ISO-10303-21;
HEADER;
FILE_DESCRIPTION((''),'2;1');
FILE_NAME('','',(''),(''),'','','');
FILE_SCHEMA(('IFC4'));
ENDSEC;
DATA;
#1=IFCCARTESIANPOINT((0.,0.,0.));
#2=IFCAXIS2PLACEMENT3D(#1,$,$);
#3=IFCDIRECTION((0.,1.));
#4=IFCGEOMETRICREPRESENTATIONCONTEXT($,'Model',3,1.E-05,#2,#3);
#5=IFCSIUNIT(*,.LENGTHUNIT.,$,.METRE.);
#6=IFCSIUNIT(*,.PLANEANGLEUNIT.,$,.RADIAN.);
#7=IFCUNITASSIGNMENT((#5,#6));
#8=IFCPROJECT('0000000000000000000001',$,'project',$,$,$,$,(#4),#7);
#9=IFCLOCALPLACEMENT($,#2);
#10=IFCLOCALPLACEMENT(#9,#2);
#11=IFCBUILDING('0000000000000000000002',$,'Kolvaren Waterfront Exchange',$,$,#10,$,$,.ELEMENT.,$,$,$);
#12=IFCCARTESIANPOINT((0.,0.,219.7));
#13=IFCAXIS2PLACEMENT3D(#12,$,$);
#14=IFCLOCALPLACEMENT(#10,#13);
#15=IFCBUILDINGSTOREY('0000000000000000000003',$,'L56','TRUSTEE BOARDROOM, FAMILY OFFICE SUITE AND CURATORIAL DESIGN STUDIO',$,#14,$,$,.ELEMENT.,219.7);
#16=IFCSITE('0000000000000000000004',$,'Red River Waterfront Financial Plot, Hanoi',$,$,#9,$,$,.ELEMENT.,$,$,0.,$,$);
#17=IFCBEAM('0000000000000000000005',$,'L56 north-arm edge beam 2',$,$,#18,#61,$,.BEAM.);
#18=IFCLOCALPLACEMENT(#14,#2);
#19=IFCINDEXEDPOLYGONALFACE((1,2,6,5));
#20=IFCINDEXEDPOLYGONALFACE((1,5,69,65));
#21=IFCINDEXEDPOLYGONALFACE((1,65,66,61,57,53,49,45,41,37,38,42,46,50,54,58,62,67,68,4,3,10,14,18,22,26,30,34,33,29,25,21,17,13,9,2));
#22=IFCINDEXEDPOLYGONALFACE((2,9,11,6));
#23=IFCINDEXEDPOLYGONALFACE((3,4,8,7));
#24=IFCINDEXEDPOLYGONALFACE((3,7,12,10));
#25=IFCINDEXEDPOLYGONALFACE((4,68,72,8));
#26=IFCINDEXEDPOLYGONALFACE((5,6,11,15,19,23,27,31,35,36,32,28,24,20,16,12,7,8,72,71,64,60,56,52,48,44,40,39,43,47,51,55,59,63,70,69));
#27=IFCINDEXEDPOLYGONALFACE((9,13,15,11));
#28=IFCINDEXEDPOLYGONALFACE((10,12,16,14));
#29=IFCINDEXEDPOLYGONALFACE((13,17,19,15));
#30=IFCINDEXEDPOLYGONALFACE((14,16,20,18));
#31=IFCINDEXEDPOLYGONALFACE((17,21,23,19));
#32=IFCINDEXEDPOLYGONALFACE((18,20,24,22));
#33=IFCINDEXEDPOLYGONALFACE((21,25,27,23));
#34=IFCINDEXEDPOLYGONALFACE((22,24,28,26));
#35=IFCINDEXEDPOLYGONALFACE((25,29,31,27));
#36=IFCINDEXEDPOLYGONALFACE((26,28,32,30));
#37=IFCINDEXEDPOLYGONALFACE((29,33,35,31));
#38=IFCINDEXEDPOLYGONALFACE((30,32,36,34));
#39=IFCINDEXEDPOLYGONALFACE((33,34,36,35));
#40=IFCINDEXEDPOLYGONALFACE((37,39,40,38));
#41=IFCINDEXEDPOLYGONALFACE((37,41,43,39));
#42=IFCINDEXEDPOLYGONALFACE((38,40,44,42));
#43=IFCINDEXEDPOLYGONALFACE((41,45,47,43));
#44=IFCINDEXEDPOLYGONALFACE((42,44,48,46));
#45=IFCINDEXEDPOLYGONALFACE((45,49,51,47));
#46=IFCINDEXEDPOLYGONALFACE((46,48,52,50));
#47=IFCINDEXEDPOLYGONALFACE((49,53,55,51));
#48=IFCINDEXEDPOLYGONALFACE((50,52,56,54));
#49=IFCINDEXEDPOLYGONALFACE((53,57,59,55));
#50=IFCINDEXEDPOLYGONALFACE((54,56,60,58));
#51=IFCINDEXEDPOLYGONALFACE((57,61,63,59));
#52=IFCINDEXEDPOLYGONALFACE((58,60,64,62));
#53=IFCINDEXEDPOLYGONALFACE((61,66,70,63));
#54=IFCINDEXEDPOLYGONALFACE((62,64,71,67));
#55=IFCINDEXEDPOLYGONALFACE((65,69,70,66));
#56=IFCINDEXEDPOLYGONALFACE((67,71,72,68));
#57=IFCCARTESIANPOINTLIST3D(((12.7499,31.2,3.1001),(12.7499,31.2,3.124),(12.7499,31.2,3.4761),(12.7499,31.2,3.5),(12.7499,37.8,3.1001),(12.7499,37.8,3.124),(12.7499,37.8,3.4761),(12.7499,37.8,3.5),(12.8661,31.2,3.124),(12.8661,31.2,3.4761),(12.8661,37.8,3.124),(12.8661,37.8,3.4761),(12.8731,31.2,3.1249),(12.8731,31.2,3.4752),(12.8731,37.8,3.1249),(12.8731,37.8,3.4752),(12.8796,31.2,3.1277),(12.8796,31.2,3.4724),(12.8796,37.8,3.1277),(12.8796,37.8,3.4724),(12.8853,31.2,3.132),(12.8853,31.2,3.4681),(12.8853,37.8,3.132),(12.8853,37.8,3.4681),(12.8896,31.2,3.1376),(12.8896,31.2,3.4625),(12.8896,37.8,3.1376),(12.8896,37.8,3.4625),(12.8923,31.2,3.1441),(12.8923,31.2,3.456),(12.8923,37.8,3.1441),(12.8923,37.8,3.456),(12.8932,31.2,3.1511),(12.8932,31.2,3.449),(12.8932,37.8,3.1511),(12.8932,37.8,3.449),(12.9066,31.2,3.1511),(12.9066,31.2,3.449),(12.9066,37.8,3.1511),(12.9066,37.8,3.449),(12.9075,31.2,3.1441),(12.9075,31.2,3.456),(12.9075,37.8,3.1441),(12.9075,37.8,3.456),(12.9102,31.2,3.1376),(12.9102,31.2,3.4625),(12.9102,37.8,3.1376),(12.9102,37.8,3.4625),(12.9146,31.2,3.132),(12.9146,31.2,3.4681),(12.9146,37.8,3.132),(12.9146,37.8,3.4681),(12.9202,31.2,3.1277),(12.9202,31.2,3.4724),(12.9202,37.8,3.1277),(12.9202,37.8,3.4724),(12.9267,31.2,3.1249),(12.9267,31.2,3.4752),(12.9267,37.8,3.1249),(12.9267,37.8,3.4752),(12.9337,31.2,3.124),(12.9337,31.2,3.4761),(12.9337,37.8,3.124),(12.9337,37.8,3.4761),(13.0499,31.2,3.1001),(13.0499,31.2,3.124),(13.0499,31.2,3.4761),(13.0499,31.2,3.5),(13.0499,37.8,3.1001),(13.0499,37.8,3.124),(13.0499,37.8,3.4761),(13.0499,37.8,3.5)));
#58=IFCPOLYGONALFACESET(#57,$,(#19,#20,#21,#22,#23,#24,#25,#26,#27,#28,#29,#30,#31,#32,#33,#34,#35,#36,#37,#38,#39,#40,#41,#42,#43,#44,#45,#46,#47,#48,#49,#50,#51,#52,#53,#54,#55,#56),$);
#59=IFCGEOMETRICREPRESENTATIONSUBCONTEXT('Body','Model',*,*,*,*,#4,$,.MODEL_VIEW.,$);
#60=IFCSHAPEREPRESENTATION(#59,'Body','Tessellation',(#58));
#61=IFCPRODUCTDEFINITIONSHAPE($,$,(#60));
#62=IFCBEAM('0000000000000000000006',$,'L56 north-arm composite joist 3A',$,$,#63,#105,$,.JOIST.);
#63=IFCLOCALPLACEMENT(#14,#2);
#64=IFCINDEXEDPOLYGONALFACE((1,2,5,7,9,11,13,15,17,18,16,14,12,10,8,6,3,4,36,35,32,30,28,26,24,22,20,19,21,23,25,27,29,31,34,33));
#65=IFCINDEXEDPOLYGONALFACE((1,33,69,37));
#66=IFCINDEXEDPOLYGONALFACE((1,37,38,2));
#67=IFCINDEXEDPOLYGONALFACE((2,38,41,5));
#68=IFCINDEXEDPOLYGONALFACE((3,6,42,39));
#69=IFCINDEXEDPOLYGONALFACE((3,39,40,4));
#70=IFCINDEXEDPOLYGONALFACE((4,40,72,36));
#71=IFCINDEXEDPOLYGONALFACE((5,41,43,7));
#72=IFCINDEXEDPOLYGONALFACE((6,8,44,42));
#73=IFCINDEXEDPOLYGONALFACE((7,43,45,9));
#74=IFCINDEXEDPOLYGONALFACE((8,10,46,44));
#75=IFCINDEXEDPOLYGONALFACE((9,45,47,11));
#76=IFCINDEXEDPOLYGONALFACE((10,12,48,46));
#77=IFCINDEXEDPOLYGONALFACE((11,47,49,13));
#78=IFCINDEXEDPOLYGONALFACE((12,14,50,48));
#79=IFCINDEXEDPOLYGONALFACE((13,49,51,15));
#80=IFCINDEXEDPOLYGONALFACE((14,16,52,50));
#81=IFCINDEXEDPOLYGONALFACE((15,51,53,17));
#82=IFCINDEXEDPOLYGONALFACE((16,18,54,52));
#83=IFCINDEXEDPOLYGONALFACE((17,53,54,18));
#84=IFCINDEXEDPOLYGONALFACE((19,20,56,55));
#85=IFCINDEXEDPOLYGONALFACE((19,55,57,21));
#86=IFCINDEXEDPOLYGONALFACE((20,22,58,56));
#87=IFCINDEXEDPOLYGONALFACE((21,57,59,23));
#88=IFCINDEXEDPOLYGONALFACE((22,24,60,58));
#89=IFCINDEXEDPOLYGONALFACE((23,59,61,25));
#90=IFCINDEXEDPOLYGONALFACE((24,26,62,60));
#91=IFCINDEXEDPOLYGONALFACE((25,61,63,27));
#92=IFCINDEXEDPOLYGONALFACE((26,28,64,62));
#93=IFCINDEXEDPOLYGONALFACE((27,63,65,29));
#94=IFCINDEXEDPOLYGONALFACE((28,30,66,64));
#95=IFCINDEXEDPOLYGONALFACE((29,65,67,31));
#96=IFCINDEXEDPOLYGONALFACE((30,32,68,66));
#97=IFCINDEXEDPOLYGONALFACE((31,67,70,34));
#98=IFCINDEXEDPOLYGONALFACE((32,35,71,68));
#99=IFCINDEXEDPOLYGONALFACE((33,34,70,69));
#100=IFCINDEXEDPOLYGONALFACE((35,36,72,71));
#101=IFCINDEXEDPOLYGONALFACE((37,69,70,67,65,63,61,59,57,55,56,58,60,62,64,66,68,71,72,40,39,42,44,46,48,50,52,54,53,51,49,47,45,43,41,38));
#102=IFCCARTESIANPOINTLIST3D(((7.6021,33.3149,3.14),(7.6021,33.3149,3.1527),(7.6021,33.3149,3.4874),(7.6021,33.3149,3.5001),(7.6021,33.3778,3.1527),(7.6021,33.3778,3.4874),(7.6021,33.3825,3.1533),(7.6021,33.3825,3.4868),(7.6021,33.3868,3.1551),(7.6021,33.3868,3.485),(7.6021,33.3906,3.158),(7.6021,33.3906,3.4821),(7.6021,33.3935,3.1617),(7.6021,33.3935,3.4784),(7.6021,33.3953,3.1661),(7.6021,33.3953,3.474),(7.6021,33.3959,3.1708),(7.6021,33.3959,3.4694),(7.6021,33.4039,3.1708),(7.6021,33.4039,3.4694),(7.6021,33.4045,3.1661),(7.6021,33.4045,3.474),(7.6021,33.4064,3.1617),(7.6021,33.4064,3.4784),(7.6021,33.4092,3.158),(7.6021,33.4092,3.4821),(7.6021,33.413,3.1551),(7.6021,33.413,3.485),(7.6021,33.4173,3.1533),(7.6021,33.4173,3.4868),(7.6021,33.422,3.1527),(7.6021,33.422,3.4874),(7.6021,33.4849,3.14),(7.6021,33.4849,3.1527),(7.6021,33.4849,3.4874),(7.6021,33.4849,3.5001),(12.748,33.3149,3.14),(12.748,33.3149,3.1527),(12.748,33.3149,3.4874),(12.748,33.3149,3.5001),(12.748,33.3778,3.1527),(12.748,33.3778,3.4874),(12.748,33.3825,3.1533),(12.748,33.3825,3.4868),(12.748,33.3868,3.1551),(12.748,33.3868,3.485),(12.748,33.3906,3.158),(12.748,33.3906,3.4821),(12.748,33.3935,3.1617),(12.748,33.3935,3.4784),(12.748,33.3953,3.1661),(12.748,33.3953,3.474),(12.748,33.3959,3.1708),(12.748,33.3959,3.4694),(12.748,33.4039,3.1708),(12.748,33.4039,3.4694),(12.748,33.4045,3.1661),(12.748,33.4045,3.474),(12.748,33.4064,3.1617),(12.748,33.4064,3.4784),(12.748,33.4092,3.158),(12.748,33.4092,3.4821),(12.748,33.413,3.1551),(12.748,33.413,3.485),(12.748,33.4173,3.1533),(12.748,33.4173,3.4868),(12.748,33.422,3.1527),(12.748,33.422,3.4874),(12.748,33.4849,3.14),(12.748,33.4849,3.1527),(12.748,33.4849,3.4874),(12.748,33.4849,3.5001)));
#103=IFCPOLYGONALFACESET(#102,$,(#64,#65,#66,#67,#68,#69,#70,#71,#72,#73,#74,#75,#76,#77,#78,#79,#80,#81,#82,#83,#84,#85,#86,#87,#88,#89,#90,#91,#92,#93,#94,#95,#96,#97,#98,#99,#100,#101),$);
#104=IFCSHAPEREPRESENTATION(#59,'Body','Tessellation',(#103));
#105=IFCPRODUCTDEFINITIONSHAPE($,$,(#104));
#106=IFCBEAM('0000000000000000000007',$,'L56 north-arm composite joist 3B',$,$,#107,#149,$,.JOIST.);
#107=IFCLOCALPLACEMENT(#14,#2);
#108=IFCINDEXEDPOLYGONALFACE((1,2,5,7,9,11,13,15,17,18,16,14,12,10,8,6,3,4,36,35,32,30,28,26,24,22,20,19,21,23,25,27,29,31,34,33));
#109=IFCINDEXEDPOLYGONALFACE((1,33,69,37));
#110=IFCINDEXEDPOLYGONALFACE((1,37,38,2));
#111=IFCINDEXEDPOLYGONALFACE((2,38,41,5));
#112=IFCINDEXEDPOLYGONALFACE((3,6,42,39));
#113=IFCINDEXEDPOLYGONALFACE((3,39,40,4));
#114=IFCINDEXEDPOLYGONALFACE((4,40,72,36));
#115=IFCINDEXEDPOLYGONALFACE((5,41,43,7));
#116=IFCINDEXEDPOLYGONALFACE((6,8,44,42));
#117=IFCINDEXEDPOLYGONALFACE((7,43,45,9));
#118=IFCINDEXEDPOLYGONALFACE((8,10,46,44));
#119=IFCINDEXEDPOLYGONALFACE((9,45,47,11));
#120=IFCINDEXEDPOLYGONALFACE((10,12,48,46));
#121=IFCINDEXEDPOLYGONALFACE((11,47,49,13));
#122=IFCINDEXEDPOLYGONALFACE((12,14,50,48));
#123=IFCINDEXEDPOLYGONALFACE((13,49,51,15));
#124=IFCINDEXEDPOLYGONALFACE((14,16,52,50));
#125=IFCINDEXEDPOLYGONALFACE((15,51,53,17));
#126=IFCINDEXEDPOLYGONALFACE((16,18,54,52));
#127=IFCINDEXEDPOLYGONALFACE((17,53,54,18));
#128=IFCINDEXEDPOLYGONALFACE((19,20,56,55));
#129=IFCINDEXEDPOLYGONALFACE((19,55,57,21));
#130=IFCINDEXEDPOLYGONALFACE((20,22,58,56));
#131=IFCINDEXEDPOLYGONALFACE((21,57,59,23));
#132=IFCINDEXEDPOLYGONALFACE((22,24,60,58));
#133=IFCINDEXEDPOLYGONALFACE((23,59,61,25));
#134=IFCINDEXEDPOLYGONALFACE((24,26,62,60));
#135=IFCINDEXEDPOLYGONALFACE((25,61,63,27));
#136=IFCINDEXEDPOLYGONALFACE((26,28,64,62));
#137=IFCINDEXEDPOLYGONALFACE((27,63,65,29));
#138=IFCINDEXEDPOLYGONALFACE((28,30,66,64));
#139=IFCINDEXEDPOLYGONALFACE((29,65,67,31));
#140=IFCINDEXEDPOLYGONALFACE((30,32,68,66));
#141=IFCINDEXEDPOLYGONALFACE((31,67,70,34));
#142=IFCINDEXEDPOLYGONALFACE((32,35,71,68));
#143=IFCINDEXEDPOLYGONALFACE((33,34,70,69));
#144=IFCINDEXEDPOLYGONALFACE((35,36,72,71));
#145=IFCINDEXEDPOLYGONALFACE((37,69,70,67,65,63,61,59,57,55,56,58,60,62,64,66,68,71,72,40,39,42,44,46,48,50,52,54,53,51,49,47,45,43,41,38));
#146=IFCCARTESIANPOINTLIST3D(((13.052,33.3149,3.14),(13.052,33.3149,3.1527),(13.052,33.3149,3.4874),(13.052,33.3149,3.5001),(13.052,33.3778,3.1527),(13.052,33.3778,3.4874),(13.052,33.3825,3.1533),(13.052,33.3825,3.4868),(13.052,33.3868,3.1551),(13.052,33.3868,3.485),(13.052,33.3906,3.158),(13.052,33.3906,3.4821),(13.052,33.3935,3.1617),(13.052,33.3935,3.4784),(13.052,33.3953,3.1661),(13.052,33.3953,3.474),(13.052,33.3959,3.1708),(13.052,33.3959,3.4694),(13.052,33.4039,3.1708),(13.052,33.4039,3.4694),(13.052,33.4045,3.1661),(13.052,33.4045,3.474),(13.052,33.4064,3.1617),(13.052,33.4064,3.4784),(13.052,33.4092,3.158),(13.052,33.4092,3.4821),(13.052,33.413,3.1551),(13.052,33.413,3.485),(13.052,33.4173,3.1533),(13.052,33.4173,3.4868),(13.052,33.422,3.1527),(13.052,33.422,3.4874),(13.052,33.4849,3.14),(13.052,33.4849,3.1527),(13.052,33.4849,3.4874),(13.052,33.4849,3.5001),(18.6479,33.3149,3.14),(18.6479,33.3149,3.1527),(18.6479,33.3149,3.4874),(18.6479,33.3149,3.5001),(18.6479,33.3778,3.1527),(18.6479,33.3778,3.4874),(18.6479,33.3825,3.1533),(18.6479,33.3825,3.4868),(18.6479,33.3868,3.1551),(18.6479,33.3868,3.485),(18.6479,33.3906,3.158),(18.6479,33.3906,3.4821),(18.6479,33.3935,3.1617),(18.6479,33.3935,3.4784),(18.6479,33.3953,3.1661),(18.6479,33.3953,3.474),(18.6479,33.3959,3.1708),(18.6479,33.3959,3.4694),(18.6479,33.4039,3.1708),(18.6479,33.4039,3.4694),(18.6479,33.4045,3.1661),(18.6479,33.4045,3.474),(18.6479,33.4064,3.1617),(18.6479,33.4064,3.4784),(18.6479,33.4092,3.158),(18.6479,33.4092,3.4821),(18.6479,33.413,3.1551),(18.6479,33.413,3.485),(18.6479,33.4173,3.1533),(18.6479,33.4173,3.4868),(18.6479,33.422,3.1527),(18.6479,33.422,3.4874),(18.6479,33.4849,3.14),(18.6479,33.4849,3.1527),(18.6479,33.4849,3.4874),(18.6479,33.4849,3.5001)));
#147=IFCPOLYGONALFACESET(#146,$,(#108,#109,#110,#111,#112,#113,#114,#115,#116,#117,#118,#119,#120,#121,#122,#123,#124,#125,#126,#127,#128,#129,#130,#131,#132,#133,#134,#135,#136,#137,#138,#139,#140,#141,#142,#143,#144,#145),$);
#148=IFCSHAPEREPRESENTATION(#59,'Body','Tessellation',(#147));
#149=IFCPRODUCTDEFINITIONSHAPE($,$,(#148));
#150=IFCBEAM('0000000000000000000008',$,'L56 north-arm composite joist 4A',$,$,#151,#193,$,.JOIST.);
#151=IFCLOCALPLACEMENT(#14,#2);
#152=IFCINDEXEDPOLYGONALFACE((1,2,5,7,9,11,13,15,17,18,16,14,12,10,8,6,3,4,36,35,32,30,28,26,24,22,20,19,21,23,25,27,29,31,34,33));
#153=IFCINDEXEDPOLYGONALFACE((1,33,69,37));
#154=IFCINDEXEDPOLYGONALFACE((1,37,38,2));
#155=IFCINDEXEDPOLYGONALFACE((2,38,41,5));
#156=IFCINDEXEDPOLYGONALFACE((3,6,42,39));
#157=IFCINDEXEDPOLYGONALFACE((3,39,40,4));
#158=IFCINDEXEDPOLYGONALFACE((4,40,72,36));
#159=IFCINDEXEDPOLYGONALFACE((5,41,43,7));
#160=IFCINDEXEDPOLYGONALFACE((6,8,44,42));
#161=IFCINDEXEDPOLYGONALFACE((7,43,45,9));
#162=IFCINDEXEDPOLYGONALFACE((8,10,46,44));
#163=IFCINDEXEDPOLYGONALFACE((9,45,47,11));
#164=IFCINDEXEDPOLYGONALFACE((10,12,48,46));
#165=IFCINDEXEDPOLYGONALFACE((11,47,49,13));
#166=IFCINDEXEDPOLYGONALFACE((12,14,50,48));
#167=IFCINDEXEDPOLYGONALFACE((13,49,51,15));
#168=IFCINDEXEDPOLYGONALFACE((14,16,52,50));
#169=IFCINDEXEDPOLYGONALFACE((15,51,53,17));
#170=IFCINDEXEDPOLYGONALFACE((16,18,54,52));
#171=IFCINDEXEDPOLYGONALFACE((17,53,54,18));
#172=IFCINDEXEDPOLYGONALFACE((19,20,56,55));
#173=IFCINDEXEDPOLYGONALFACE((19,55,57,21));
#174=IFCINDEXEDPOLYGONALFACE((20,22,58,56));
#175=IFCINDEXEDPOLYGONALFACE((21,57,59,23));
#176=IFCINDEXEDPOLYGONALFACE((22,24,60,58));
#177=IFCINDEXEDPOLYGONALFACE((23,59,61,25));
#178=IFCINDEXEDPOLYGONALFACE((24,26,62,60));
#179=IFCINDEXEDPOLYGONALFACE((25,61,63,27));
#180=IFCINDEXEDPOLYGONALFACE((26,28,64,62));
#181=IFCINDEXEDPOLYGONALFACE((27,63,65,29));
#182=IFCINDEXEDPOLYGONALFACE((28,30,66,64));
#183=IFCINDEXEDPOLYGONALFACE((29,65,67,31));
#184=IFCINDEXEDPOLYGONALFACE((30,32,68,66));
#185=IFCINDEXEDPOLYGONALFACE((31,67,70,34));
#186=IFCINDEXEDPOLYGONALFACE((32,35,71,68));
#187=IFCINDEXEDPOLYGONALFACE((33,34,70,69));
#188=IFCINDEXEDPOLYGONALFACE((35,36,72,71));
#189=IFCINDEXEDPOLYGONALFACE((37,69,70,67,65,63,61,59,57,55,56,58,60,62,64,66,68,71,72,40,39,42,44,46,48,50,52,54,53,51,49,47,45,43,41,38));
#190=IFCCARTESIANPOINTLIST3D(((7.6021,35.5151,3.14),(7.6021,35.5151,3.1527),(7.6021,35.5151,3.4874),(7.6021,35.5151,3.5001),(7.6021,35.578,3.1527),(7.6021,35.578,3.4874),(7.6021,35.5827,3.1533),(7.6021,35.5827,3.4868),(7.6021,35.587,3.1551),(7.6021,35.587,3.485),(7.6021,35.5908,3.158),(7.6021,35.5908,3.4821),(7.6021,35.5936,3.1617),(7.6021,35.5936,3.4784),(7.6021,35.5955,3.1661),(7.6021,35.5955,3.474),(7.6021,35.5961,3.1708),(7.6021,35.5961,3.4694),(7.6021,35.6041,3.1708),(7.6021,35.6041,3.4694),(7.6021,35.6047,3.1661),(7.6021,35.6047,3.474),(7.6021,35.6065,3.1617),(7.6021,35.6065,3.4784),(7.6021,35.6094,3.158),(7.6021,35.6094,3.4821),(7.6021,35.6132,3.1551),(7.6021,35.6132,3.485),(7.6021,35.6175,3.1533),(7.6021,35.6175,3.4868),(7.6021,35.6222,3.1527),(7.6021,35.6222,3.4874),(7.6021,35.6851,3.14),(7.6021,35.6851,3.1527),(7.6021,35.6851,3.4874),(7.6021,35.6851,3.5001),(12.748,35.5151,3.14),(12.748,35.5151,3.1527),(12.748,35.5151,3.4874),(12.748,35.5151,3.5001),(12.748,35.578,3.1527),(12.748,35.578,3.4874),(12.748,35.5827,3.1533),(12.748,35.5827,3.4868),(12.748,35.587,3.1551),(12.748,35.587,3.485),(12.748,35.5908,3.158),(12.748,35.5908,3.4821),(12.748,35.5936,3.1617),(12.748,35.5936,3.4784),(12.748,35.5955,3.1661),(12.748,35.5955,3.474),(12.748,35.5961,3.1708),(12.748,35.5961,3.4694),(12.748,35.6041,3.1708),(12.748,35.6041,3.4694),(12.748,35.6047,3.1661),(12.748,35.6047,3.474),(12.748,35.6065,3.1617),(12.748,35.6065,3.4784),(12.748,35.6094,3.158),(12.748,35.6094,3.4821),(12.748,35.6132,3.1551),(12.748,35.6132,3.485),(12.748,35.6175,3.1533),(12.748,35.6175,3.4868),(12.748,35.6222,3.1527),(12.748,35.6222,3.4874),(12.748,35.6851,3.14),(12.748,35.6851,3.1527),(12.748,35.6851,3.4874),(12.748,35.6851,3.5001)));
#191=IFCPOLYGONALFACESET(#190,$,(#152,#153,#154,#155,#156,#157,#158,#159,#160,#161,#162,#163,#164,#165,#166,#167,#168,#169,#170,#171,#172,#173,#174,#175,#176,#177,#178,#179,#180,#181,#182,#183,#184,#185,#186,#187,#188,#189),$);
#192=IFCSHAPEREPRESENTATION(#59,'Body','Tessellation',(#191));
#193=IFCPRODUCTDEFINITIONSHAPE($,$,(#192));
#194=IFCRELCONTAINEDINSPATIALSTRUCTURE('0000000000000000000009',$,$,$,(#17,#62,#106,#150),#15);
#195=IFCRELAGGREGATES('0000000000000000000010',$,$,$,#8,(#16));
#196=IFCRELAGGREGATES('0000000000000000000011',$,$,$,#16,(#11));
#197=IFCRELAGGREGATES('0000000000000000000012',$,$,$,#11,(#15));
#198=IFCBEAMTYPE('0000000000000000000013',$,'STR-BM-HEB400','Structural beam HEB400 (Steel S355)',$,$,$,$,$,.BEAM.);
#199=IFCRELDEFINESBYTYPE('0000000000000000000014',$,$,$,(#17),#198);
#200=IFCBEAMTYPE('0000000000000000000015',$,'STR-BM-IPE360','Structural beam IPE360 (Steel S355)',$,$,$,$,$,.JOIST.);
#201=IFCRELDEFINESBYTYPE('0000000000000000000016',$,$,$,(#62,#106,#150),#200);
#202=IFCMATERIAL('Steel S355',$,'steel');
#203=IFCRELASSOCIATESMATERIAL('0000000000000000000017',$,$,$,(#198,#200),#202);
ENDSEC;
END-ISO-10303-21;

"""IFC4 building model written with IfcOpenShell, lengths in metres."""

from ifc_helpers import new_model, si_unit, direction, frame, origin, origin_2d, place, context, subcontext, project, spatial, i_section, extrude, material, material_profile, profile_set, type_object, element, save


model = new_model("IFC4")

# Units and contexts
model_context = context("Model", 3, precision=1e-05, world=origin(), true_north=direction((0.0, 1.0)))
body_context = subcontext(model_context, "Body", "Model", "MODEL_VIEW")
ifc_project = project(units=[si_unit("LENGTHUNIT", "METRE"), si_unit("PLANEANGLEUNIT", "RADIAN")], contexts=[model_context])

# Site, building, storey
site_placement = place(None, origin())
site = spatial("IfcSite", under=ifc_project, at=site_placement, Name="Red River Waterfront Financial Plot, Hanoi", CompositionType="ELEMENT", RefElevation=0.0)
building_placement = place(site_placement, origin())
building = spatial("IfcBuilding", under=site, at=building_placement, Name="Kolvaren Waterfront Exchange", CompositionType="ELEMENT")
storey_placement = place(building_placement, frame((0.0, 0.0, 219.7)))
storey = spatial("IfcBuildingStorey", under=building, at=storey_placement, Name="L56", Description="TRUSTEE BOARDROOM, FAMILY OFFICE SUITE AND CURATORIAL DESIGN STUDIO", CompositionType="ELEMENT", Elevation=219.7)

# Beams
ifc_material_1 = material(Name="Steel S355", Category="steel")
ifc_material_profile_1 = material_profile(ifc_material_1, i_section(OverallWidth=0.3, OverallDepth=0.3999, WebThickness=0.0134, FlangeThickness=0.0239, FilletRadius=0.0271, at=origin_2d()), Name="HEB400")
ifc_profile_set_1 = profile_set([ifc_material_profile_1], Name="Steel S355")
beam_type_1 = type_object("IfcBeamType", Name="STR-BM-HEB400", Description="Structural beam HEB400 (Steel S355)", PredefinedType="BEAM", material=ifc_profile_set_1)
beam_1_placement = place(storey_placement, frame((12.8999, 31.2, 3.3), z_axis=(0.0, 1.0, 0.0), x_axis=(-1.0, 0.0, 0.0)))
element("IfcBeam", 1, at=beam_1_placement, inside=storey, type_object=beam_type_1, Name="L56 north-arm edge beam 2", PredefinedType="BEAM", context=body_context, shape_type="SweptSolid", body=[
    extrude(i_section(OverallWidth=0.3, OverallDepth=0.3999, WebThickness=0.0134, FlangeThickness=0.0239, FilletRadius=0.0271, at=origin_2d()), origin(), (0.0, 0.0, 1.0), 6.6001),
])
ifc_material_profile_2 = material_profile(ifc_material_1, i_section(OverallWidth=0.1699, OverallDepth=0.3601, WebThickness=0.0081, FlangeThickness=0.0127, FilletRadius=0.0181, at=origin_2d()), Name="IPE360")
ifc_profile_set_2 = profile_set([ifc_material_profile_2], Name="Steel S355")
beam_type_2 = type_object("IfcBeamType", Name="STR-BM-IPE360", Description="Structural beam IPE360 (Steel S355)", PredefinedType="JOIST", material=ifc_profile_set_2)
beam_2_placement = place(storey_placement, frame((7.6021, 33.3999, 3.3201), z_axis=(1.0, 0.0, 0.0), x_axis=(0.0, 1.0, 0.0)))
element("IfcBeam", 2, at=beam_2_placement, inside=storey, type_object=beam_type_2, Name="L56 north-arm composite joist 3A", PredefinedType="JOIST", context=body_context, shape_type="SweptSolid", body=[
    extrude(i_section(OverallWidth=0.1699, OverallDepth=0.3601, WebThickness=0.0081, FlangeThickness=0.0127, FilletRadius=0.0181, at=origin_2d()), origin(), (0.0, 0.0, 1.0), 5.146),
])
beam_3_placement = place(storey_placement, frame((13.052, 33.3999, 3.3201), z_axis=(1.0, 0.0, 0.0), x_axis=(0.0, 1.0, 0.0)))
element("IfcBeam", 3, at=beam_3_placement, inside=storey, type_object=beam_type_2, Name="L56 north-arm composite joist 3B", PredefinedType="JOIST", context=body_context, shape_type="SweptSolid", body=[
    extrude(i_section(OverallWidth=0.1699, OverallDepth=0.3601, WebThickness=0.0081, FlangeThickness=0.0127, FilletRadius=0.0181, at=origin_2d()), origin(), (0.0, 0.0, 1.0), 5.5959),
])
beam_4_placement = place(storey_placement, frame((7.6021, 35.6001, 3.3201), z_axis=(1.0, 0.0, 0.0), x_axis=(0.0, 1.0, 0.0)))
element("IfcBeam", 4, at=beam_4_placement, inside=storey, type_object=beam_type_2, Name="L56 north-arm composite joist 4A", PredefinedType="JOIST", context=body_context, shape_type="SweptSolid", body=[
    extrude(i_section(OverallWidth=0.1699, OverallDepth=0.3601, WebThickness=0.0081, FlangeThickness=0.0127, FilletRadius=0.0181, at=origin_2d()), origin(), (0.0, 0.0, 1.0), 5.146),
])

save(model, "model.ifc")
